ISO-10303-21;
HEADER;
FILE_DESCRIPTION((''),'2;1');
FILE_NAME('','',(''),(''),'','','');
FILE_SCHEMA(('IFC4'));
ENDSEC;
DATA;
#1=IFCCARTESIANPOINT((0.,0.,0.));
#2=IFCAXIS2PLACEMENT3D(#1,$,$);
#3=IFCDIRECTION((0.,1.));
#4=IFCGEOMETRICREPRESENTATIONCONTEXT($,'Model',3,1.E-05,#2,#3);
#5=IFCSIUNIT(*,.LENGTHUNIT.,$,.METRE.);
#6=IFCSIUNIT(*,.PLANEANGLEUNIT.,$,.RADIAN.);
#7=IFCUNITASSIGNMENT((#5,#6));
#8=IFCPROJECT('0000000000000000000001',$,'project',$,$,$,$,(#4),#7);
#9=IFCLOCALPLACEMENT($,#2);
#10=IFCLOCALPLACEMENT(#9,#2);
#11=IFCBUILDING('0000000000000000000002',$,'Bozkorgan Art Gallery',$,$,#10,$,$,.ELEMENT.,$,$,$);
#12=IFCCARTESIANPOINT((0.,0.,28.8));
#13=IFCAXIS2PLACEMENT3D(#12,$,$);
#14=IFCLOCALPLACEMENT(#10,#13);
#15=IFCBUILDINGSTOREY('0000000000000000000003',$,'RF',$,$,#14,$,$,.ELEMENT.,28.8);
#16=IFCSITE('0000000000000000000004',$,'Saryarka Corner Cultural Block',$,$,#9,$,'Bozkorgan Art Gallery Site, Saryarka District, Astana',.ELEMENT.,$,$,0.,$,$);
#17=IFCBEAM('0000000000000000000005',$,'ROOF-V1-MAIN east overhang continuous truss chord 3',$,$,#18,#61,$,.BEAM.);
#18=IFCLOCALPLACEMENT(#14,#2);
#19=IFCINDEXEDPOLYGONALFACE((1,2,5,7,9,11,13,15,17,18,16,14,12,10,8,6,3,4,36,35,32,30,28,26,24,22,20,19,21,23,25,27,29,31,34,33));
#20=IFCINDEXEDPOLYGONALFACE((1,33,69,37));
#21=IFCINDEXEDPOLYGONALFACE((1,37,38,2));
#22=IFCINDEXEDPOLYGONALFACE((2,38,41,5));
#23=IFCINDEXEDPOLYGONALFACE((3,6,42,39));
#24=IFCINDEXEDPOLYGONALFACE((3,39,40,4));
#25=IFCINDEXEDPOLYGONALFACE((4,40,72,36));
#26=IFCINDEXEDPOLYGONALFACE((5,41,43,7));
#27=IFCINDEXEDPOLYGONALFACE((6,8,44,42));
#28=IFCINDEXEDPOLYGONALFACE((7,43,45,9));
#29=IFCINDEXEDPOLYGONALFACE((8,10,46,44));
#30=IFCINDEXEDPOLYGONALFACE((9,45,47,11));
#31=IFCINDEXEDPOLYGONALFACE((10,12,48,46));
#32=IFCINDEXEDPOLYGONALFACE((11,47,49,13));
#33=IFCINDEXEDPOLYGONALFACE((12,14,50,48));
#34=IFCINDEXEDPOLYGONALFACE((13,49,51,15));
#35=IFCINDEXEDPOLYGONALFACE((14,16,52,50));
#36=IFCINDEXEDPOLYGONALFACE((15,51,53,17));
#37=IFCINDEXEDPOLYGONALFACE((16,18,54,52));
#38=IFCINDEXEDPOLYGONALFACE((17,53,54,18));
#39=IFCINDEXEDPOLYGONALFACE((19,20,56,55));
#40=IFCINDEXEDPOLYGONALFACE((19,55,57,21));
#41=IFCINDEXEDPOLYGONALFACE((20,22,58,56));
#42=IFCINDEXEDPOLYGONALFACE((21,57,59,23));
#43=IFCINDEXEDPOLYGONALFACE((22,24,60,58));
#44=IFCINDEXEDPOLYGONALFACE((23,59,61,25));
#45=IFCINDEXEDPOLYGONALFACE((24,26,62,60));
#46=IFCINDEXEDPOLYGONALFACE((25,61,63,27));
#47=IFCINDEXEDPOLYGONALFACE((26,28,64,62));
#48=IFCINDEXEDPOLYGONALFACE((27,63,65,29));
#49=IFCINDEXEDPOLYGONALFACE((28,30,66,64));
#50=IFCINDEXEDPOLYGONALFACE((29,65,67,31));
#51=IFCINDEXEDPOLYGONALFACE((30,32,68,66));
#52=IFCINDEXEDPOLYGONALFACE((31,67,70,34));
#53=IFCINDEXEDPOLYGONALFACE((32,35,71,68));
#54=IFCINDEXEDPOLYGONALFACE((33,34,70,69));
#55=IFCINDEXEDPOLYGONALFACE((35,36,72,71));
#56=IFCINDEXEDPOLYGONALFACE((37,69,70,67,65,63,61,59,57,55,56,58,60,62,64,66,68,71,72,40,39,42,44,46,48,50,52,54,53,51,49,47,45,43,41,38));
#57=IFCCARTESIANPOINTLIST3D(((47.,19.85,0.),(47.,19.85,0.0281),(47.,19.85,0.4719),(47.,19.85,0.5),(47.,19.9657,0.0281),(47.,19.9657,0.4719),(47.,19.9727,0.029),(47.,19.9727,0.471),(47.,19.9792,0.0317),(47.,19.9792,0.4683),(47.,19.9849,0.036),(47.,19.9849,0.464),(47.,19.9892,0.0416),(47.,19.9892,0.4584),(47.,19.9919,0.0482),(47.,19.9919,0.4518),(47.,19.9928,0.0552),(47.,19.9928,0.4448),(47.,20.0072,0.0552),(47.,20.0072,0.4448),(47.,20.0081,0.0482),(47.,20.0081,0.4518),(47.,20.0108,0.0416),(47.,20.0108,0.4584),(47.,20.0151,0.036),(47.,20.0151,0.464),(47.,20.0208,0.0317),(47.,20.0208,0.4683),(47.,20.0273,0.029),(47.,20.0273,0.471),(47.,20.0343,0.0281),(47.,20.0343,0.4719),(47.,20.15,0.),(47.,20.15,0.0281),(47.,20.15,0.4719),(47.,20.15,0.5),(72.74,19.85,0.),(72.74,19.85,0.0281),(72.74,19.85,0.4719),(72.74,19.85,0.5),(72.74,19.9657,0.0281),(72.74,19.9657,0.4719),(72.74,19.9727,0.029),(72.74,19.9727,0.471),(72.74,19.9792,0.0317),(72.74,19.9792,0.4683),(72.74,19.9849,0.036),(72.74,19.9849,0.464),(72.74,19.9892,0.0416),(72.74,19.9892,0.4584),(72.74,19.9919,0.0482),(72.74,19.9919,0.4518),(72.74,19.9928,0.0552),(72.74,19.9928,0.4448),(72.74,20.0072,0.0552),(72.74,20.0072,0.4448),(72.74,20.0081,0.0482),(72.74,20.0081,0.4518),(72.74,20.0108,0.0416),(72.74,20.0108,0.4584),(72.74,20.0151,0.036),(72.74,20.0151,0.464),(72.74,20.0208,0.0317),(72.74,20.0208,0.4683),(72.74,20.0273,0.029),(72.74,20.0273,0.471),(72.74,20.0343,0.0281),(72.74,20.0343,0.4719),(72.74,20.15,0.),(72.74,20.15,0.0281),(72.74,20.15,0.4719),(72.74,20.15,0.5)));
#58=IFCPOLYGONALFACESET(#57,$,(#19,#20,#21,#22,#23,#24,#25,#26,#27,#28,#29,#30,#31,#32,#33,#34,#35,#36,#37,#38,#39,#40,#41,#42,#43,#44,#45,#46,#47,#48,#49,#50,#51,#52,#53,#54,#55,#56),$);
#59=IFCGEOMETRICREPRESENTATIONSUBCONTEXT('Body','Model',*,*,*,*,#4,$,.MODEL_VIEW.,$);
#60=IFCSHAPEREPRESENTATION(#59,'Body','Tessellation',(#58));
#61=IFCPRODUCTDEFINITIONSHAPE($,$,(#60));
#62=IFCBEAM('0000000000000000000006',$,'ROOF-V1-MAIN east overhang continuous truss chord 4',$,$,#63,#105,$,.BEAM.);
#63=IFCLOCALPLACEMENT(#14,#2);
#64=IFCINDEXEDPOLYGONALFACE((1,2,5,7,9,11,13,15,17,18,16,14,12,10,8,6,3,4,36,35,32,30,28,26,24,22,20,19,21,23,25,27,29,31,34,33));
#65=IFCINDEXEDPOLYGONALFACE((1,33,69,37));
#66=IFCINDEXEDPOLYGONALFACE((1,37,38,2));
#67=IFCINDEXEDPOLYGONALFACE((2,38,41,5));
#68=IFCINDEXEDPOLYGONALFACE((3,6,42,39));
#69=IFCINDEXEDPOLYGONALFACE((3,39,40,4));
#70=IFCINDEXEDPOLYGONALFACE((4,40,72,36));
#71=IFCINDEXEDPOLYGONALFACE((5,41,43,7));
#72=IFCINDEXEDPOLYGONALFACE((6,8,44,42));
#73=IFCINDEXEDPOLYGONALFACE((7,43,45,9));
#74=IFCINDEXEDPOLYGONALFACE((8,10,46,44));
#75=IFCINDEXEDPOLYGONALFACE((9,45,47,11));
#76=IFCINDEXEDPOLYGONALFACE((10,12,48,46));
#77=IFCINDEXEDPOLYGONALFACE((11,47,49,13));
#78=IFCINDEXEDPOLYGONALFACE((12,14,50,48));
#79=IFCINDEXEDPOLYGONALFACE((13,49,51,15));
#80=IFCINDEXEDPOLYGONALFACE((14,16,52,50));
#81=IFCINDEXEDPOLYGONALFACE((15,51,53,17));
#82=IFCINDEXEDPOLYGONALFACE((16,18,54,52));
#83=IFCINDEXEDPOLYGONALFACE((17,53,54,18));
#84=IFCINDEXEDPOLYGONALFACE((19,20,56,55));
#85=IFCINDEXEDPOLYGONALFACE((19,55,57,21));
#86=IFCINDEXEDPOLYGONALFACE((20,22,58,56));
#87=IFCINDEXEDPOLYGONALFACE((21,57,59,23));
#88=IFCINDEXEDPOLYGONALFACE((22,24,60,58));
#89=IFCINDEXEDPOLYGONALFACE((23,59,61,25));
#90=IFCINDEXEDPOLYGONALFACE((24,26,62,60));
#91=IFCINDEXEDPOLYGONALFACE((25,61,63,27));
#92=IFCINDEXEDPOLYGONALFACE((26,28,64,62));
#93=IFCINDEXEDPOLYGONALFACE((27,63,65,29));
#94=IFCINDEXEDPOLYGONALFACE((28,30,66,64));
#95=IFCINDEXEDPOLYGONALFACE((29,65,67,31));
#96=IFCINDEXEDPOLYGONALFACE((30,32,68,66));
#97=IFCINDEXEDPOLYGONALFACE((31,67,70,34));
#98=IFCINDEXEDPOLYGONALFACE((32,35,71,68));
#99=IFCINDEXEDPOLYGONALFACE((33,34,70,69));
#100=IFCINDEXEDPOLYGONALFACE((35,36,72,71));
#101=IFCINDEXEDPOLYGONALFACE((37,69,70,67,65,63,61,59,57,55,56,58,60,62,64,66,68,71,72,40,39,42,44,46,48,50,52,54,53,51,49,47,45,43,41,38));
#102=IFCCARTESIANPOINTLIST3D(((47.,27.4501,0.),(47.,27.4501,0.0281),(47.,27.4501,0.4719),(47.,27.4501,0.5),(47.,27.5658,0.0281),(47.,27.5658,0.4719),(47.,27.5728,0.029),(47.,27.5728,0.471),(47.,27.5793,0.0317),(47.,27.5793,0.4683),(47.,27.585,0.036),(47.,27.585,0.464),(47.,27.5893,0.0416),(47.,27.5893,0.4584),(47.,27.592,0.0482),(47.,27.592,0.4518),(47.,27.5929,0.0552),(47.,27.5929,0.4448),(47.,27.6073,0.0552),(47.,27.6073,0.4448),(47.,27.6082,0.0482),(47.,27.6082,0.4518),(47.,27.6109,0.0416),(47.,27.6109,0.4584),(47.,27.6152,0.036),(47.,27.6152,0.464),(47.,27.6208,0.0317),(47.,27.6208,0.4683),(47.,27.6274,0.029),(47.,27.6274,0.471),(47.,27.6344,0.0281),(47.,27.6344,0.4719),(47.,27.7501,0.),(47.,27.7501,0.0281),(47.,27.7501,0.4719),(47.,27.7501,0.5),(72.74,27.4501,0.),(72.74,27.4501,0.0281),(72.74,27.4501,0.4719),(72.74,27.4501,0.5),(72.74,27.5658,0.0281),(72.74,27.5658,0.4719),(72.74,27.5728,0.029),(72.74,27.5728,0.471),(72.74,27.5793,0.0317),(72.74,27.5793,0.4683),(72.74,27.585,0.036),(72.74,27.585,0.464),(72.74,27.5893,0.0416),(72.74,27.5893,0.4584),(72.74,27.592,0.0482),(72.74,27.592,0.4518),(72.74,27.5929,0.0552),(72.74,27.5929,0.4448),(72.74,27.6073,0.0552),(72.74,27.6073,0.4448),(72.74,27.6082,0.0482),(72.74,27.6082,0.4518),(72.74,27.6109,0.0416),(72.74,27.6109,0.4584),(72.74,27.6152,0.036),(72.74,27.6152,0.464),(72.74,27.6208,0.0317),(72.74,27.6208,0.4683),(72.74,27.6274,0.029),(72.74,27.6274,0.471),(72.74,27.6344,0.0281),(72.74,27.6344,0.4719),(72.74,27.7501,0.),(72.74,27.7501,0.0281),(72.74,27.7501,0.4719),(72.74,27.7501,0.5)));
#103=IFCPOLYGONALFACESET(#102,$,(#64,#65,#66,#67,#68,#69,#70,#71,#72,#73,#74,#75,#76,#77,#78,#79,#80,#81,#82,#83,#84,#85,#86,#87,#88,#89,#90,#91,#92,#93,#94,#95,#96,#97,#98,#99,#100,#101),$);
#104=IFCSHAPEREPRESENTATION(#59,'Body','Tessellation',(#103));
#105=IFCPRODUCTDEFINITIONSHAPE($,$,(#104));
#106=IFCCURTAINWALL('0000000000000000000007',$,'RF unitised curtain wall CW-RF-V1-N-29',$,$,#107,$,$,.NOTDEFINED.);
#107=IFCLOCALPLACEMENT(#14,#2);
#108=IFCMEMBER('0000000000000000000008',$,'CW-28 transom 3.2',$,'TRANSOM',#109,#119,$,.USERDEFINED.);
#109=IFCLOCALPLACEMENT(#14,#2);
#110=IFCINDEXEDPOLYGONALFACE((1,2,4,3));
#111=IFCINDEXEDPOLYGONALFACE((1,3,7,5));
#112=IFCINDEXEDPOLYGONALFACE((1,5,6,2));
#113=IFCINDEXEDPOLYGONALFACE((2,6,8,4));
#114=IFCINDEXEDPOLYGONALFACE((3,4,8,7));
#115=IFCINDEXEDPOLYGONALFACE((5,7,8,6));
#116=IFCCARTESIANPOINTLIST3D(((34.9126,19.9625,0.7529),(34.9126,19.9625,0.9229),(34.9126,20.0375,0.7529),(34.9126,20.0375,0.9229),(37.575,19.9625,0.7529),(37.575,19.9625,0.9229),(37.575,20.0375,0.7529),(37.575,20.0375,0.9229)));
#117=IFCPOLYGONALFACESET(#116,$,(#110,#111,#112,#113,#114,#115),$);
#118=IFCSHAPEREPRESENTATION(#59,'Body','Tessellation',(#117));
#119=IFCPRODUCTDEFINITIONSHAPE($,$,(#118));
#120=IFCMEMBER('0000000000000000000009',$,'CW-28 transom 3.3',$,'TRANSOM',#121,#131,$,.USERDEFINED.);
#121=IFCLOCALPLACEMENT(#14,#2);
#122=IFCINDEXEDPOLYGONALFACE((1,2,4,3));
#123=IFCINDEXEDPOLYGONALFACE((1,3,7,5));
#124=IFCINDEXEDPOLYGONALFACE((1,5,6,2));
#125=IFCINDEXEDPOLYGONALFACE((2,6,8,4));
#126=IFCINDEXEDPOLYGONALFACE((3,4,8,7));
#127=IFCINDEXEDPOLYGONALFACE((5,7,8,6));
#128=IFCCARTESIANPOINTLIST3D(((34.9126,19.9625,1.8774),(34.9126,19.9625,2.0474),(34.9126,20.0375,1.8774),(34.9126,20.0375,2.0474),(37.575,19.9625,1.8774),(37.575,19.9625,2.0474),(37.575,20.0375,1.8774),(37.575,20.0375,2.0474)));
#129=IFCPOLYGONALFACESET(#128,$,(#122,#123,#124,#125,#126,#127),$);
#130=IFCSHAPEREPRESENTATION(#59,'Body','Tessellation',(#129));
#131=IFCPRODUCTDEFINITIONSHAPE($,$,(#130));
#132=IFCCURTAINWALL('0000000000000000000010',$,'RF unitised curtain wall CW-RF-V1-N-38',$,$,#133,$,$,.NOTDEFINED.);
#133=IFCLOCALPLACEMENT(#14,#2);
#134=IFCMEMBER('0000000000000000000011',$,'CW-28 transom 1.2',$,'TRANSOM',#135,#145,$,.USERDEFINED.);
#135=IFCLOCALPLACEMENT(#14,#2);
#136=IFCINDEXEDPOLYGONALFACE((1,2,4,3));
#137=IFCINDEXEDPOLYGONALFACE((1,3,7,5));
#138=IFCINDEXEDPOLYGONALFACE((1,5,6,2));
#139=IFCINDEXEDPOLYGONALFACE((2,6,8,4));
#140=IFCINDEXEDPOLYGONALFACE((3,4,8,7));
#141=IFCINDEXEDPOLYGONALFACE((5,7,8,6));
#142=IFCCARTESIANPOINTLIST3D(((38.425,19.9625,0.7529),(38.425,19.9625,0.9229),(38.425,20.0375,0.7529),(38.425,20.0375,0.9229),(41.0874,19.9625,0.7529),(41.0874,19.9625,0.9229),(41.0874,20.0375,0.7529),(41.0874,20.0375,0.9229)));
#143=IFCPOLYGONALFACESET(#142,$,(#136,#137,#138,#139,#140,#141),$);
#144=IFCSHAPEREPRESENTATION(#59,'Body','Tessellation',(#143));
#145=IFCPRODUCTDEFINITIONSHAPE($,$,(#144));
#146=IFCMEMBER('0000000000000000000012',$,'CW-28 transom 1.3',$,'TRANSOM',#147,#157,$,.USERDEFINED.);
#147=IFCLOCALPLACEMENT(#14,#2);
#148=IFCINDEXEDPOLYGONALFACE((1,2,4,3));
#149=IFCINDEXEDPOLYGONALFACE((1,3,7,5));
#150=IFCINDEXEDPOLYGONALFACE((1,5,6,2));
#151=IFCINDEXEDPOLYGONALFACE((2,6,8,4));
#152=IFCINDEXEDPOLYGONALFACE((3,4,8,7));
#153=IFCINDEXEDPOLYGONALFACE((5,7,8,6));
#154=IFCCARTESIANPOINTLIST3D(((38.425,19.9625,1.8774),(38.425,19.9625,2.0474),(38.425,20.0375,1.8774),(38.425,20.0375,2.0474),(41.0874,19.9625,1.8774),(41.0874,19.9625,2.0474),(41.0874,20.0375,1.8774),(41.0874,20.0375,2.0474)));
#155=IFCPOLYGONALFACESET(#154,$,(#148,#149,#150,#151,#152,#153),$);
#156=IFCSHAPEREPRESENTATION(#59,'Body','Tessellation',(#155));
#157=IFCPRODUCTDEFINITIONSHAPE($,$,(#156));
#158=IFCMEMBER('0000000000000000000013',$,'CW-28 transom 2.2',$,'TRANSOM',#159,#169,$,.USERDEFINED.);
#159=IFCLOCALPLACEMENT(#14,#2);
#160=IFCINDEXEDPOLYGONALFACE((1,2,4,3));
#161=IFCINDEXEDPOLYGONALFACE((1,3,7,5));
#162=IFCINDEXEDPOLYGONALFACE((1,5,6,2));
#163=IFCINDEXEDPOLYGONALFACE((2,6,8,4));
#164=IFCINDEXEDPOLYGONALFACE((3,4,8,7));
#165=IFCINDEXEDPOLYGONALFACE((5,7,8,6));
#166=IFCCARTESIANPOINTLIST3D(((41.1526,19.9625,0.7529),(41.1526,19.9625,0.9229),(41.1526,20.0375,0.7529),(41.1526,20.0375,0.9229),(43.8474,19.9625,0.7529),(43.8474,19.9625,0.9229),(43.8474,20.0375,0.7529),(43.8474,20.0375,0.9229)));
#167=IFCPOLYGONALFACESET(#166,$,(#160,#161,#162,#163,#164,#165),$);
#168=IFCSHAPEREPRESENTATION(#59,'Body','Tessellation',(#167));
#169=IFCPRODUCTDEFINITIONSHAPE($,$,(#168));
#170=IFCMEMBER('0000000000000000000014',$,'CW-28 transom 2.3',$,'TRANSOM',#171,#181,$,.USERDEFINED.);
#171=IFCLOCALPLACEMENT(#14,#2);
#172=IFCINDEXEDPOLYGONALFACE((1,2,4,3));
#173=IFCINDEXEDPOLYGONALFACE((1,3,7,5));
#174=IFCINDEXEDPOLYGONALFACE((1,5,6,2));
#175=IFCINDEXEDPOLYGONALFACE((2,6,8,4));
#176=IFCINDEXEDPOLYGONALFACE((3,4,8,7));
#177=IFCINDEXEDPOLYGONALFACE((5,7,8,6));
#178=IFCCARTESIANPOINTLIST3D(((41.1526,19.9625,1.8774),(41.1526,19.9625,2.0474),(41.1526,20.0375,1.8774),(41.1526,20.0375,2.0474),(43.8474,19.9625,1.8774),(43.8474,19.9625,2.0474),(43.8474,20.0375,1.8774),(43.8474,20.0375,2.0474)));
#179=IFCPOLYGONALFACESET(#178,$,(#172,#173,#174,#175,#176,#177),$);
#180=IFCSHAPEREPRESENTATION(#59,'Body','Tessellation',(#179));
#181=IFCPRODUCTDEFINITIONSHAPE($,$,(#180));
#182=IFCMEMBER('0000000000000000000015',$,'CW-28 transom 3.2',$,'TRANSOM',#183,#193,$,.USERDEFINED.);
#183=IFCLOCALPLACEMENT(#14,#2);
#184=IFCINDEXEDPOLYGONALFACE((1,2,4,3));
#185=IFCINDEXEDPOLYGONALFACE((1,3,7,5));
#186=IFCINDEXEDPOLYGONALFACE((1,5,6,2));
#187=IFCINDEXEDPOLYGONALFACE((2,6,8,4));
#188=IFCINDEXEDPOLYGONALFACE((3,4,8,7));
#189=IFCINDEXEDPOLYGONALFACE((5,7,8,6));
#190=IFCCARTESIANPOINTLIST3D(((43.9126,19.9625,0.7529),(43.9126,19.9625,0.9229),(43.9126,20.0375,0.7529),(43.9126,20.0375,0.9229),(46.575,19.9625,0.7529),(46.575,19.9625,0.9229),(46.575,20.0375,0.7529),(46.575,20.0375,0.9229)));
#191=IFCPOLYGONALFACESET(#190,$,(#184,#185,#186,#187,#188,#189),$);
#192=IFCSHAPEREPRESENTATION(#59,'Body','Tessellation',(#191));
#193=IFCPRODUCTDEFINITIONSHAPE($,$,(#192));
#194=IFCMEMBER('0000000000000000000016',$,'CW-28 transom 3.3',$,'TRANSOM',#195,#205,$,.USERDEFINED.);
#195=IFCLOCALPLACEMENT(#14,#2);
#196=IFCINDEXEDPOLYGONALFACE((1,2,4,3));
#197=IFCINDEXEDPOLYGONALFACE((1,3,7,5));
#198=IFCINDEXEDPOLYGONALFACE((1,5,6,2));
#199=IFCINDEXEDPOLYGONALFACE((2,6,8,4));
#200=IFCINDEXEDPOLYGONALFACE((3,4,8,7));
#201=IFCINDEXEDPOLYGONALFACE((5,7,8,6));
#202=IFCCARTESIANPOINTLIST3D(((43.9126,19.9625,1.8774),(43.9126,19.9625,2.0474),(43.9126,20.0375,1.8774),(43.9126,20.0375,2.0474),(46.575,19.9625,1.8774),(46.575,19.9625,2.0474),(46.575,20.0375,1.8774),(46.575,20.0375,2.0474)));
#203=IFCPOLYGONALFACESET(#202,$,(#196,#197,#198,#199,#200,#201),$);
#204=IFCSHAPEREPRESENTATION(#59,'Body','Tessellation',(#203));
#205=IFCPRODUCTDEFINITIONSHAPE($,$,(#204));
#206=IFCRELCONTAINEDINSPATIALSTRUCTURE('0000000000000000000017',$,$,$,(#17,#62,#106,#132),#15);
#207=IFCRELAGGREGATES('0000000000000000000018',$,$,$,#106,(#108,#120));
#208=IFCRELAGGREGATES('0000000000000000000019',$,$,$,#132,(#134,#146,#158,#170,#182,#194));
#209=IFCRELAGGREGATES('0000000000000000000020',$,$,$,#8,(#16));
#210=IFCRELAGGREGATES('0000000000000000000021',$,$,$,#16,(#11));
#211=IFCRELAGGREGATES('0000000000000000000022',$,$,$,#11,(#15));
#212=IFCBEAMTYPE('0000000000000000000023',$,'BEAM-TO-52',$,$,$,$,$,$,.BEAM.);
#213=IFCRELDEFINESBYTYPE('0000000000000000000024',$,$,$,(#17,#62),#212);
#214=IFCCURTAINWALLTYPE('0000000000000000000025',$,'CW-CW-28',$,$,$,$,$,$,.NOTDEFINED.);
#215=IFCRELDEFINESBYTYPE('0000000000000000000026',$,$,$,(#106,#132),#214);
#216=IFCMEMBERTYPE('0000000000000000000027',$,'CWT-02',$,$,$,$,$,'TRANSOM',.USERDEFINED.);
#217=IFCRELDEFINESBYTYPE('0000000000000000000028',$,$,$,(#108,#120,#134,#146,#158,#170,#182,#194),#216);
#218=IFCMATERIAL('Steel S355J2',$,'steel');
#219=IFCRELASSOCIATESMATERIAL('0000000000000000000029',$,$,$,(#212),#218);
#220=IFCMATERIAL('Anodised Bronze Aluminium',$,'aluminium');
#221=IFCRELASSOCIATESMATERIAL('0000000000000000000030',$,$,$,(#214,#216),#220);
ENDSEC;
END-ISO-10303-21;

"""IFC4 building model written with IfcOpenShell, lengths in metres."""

from ifc_helpers import new_model, si_unit, direction, frame, origin, origin_2d, place, context, subcontext, project, spatial, rectangle, i_section, extrude, material, material_profile, profile_set, type_object, element, aggregate, save


model = new_model("IFC4")

# Units and contexts
model_context = context("Model", 3, precision=1e-05, world=origin(), true_north=direction((0.0, 1.0)))
body_context = subcontext(model_context, "Body", "Model", "MODEL_VIEW")
ifc_project = project(units=[si_unit("LENGTHUNIT", "METRE"), si_unit("PLANEANGLEUNIT", "RADIAN")], contexts=[model_context])

# Site, building, storey
site_placement = place(None, origin())
site = spatial("IfcSite", under=ifc_project, at=site_placement, Name="Saryarka Corner Cultural Block", LongName="Bozkorgan Art Gallery Site, Saryarka District, Astana", CompositionType="ELEMENT", RefElevation=0.0)
building_placement = place(site_placement, origin())
building = spatial("IfcBuilding", under=site, at=building_placement, Name="Bozkorgan Art Gallery", CompositionType="ELEMENT")
storey_placement = place(building_placement, frame((0.0, 0.0, 28.8)))
storey = spatial("IfcBuildingStorey", under=building, at=storey_placement, Name="RF", CompositionType="ELEMENT", Elevation=28.8)

# Beams
ifc_material_1 = material(Name="Steel S355J2", Category="steel")
ifc_material_profile_1 = material_profile(ifc_material_1, i_section(OverallWidth=0.3, OverallDepth=0.5, WebThickness=0.0144, FlangeThickness=0.0281, FilletRadius=0.0271, at=origin_2d()), Name="HEB 500")
ifc_profile_set_1 = profile_set([ifc_material_profile_1], Name="Steel S355J2")
beam_type = type_object("IfcBeamType", Name="BEAM-TO-52", PredefinedType="BEAM", material=ifc_profile_set_1)
for number, where, z_axis, x_axis, name in (
    (1, (47.0, 20.0, 0.25), (1.0, 0.0, 0.0), (0.0, 1.0, 0.0), "ROOF-V1-MAIN east overhang continuous truss chord 3"),
    (2, (47.0, 27.6001, 0.25), (1.0, 0.0, 0.0), (0.0, 1.0, 0.0), "ROOF-V1-MAIN east overhang continuous truss chord 4"),
):
    element("IfcBeam", number, at=place(storey_placement, frame(where, z_axis=z_axis, x_axis=x_axis)), inside=storey, type_object=beam_type, Name=name, PredefinedType="BEAM", context=body_context, shape_type="SweptSolid", body=[
        extrude(i_section(OverallWidth=0.3, OverallDepth=0.5, WebThickness=0.0144, FlangeThickness=0.0281, FilletRadius=0.0271, at=origin_2d()), origin(), (0.0, 0.0, 1.0), 25.74),
    ])

# Curtain walls, members
ifc_material_2 = material(Name="Anodised Bronze Aluminium", Category="aluminium")
curtain_wall_type = type_object("IfcCurtainWallType", Name="CW-CW-28", PredefinedType="NOTDEFINED", material=ifc_material_2)
curtain_wall_1_placement = place(storey_placement, origin())
curtain_wall_1 = element("IfcCurtainWall", 3, at=curtain_wall_1_placement, inside=storey, type_object=curtain_wall_type, Name="RF unitised curtain wall CW-RF-V1-N-29", PredefinedType="NOTDEFINED")
ifc_material_profile_2 = material_profile(ifc_material_2, rectangle(XDim=0.075, YDim=0.1699, at=origin_2d()), Name="ALU TRANSOM 75x170")
ifc_profile_set_2 = profile_set([ifc_material_profile_2], Name="Anodised Bronze Aluminium")
member_type_1 = type_object("IfcMemberType", Name="CWT-02", ElementType="TRANSOM", PredefinedType="USERDEFINED", material=ifc_profile_set_2)
member_1_placement = place(storey_placement, frame((34.9126, 20.0, 0.8379), z_axis=(1.0, 0.0, 0.0), x_axis=(0.0, 1.0, 0.0)))
member_1 = element("IfcMember", 4, at=member_1_placement, type_object=member_type_1, Name="CW-28 transom 3.2", ObjectType="TRANSOM", PredefinedType="USERDEFINED", context=body_context, shape_type="SweptSolid", body=[
    extrude(rectangle(XDim=0.075, YDim=0.1699, at=origin_2d()), origin(), (0.0, 0.0, 1.0), 2.6624),
])
member_2_placement = place(storey_placement, frame((34.9126, 20.0, 1.9624), z_axis=(1.0, 0.0, 0.0), x_axis=(0.0, 1.0, 0.0)))
member_2 = element("IfcMember", 5, at=member_2_placement, type_object=member_type_1, Name="CW-28 transom 3.3", ObjectType="TRANSOM", PredefinedType="USERDEFINED", context=body_context, shape_type="SweptSolid", body=[
    extrude(rectangle(XDim=0.075, YDim=0.1699, at=origin_2d()), origin(), (0.0, 0.0, 1.0), 2.6624),
])
curtain_wall_2_placement = place(storey_placement, origin())
curtain_wall_2 = element("IfcCurtainWall", 6, at=curtain_wall_2_placement, inside=storey, type_object=curtain_wall_type, Name="RF unitised curtain wall CW-RF-V1-N-38", PredefinedType="NOTDEFINED")
member_3_placement = place(storey_placement, frame((38.425, 20.0, 0.8379), z_axis=(1.0, 0.0, 0.0), x_axis=(0.0, 1.0, 0.0)))
member_3 = element("IfcMember", 7, at=member_3_placement, type_object=member_type_1, Name="CW-28 transom 1.2", ObjectType="TRANSOM", PredefinedType="USERDEFINED", context=body_context, shape_type="SweptSolid", body=[
    extrude(rectangle(XDim=0.075, YDim=0.1699, at=origin_2d()), origin(), (0.0, 0.0, 1.0), 2.6624),
])
member_4_placement = place(storey_placement, frame((38.425, 20.0, 1.9624), z_axis=(1.0, 0.0, 0.0), x_axis=(0.0, 1.0, 0.0)))
member_4 = element("IfcMember", 8, at=member_4_placement, type_object=member_type_1, Name="CW-28 transom 1.3", ObjectType="TRANSOM", PredefinedType="USERDEFINED", context=body_context, shape_type="SweptSolid", body=[
    extrude(rectangle(XDim=0.075, YDim=0.1699, at=origin_2d()), origin(), (0.0, 0.0, 1.0), 2.6624),
])
member_5_placement = place(storey_placement, frame((41.1526, 20.0, 0.8379), z_axis=(1.0, 0.0, 0.0), x_axis=(0.0, 1.0, 0.0)))
member_5 = element("IfcMember", 9, at=member_5_placement, type_object=member_type_1, Name="CW-28 transom 2.2", ObjectType="TRANSOM", PredefinedType="USERDEFINED", context=body_context, shape_type="SweptSolid", body=[
    extrude(rectangle(XDim=0.075, YDim=0.1699, at=origin_2d()), origin(), (0.0, 0.0, 1.0), 2.6948),
])
member_6_placement = place(storey_placement, frame((41.1526, 20.0, 1.9624), z_axis=(1.0, 0.0, 0.0), x_axis=(0.0, 1.0, 0.0)))
member_6 = element("IfcMember", 10, at=member_6_placement, type_object=member_type_1, Name="CW-28 transom 2.3", ObjectType="TRANSOM", PredefinedType="USERDEFINED", context=body_context, shape_type="SweptSolid", body=[
    extrude(rectangle(XDim=0.075, YDim=0.1699, at=origin_2d()), origin(), (0.0, 0.0, 1.0), 2.6948),
])
member_7_placement = place(storey_placement, frame((43.9126, 20.0, 0.8379), z_axis=(1.0, 0.0, 0.0), x_axis=(0.0, 1.0, 0.0)))
member_7 = element("IfcMember", 11, at=member_7_placement, type_object=member_type_1, Name="CW-28 transom 3.2", ObjectType="TRANSOM", PredefinedType="USERDEFINED", context=body_context, shape_type="SweptSolid", body=[
    extrude(rectangle(XDim=0.075, YDim=0.1699, at=origin_2d()), origin(), (0.0, 0.0, 1.0), 2.6624),
])
member_8_placement = place(storey_placement, frame((43.9126, 20.0, 1.9624), z_axis=(1.0, 0.0, 0.0), x_axis=(0.0, 1.0, 0.0)))
member_8 = element("IfcMember", 12, at=member_8_placement, type_object=member_type_1, Name="CW-28 transom 3.3", ObjectType="TRANSOM", PredefinedType="USERDEFINED", context=body_context, shape_type="SweptSolid", body=[
    extrude(rectangle(XDim=0.075, YDim=0.1699, at=origin_2d()), origin(), (0.0, 0.0, 1.0), 2.6624),
])

aggregate(curtain_wall_1, [member_1, member_2])
aggregate(curtain_wall_2, [member_3, member_4, member_5, member_6, member_7, member_8])

save(model, "model.ifc")
